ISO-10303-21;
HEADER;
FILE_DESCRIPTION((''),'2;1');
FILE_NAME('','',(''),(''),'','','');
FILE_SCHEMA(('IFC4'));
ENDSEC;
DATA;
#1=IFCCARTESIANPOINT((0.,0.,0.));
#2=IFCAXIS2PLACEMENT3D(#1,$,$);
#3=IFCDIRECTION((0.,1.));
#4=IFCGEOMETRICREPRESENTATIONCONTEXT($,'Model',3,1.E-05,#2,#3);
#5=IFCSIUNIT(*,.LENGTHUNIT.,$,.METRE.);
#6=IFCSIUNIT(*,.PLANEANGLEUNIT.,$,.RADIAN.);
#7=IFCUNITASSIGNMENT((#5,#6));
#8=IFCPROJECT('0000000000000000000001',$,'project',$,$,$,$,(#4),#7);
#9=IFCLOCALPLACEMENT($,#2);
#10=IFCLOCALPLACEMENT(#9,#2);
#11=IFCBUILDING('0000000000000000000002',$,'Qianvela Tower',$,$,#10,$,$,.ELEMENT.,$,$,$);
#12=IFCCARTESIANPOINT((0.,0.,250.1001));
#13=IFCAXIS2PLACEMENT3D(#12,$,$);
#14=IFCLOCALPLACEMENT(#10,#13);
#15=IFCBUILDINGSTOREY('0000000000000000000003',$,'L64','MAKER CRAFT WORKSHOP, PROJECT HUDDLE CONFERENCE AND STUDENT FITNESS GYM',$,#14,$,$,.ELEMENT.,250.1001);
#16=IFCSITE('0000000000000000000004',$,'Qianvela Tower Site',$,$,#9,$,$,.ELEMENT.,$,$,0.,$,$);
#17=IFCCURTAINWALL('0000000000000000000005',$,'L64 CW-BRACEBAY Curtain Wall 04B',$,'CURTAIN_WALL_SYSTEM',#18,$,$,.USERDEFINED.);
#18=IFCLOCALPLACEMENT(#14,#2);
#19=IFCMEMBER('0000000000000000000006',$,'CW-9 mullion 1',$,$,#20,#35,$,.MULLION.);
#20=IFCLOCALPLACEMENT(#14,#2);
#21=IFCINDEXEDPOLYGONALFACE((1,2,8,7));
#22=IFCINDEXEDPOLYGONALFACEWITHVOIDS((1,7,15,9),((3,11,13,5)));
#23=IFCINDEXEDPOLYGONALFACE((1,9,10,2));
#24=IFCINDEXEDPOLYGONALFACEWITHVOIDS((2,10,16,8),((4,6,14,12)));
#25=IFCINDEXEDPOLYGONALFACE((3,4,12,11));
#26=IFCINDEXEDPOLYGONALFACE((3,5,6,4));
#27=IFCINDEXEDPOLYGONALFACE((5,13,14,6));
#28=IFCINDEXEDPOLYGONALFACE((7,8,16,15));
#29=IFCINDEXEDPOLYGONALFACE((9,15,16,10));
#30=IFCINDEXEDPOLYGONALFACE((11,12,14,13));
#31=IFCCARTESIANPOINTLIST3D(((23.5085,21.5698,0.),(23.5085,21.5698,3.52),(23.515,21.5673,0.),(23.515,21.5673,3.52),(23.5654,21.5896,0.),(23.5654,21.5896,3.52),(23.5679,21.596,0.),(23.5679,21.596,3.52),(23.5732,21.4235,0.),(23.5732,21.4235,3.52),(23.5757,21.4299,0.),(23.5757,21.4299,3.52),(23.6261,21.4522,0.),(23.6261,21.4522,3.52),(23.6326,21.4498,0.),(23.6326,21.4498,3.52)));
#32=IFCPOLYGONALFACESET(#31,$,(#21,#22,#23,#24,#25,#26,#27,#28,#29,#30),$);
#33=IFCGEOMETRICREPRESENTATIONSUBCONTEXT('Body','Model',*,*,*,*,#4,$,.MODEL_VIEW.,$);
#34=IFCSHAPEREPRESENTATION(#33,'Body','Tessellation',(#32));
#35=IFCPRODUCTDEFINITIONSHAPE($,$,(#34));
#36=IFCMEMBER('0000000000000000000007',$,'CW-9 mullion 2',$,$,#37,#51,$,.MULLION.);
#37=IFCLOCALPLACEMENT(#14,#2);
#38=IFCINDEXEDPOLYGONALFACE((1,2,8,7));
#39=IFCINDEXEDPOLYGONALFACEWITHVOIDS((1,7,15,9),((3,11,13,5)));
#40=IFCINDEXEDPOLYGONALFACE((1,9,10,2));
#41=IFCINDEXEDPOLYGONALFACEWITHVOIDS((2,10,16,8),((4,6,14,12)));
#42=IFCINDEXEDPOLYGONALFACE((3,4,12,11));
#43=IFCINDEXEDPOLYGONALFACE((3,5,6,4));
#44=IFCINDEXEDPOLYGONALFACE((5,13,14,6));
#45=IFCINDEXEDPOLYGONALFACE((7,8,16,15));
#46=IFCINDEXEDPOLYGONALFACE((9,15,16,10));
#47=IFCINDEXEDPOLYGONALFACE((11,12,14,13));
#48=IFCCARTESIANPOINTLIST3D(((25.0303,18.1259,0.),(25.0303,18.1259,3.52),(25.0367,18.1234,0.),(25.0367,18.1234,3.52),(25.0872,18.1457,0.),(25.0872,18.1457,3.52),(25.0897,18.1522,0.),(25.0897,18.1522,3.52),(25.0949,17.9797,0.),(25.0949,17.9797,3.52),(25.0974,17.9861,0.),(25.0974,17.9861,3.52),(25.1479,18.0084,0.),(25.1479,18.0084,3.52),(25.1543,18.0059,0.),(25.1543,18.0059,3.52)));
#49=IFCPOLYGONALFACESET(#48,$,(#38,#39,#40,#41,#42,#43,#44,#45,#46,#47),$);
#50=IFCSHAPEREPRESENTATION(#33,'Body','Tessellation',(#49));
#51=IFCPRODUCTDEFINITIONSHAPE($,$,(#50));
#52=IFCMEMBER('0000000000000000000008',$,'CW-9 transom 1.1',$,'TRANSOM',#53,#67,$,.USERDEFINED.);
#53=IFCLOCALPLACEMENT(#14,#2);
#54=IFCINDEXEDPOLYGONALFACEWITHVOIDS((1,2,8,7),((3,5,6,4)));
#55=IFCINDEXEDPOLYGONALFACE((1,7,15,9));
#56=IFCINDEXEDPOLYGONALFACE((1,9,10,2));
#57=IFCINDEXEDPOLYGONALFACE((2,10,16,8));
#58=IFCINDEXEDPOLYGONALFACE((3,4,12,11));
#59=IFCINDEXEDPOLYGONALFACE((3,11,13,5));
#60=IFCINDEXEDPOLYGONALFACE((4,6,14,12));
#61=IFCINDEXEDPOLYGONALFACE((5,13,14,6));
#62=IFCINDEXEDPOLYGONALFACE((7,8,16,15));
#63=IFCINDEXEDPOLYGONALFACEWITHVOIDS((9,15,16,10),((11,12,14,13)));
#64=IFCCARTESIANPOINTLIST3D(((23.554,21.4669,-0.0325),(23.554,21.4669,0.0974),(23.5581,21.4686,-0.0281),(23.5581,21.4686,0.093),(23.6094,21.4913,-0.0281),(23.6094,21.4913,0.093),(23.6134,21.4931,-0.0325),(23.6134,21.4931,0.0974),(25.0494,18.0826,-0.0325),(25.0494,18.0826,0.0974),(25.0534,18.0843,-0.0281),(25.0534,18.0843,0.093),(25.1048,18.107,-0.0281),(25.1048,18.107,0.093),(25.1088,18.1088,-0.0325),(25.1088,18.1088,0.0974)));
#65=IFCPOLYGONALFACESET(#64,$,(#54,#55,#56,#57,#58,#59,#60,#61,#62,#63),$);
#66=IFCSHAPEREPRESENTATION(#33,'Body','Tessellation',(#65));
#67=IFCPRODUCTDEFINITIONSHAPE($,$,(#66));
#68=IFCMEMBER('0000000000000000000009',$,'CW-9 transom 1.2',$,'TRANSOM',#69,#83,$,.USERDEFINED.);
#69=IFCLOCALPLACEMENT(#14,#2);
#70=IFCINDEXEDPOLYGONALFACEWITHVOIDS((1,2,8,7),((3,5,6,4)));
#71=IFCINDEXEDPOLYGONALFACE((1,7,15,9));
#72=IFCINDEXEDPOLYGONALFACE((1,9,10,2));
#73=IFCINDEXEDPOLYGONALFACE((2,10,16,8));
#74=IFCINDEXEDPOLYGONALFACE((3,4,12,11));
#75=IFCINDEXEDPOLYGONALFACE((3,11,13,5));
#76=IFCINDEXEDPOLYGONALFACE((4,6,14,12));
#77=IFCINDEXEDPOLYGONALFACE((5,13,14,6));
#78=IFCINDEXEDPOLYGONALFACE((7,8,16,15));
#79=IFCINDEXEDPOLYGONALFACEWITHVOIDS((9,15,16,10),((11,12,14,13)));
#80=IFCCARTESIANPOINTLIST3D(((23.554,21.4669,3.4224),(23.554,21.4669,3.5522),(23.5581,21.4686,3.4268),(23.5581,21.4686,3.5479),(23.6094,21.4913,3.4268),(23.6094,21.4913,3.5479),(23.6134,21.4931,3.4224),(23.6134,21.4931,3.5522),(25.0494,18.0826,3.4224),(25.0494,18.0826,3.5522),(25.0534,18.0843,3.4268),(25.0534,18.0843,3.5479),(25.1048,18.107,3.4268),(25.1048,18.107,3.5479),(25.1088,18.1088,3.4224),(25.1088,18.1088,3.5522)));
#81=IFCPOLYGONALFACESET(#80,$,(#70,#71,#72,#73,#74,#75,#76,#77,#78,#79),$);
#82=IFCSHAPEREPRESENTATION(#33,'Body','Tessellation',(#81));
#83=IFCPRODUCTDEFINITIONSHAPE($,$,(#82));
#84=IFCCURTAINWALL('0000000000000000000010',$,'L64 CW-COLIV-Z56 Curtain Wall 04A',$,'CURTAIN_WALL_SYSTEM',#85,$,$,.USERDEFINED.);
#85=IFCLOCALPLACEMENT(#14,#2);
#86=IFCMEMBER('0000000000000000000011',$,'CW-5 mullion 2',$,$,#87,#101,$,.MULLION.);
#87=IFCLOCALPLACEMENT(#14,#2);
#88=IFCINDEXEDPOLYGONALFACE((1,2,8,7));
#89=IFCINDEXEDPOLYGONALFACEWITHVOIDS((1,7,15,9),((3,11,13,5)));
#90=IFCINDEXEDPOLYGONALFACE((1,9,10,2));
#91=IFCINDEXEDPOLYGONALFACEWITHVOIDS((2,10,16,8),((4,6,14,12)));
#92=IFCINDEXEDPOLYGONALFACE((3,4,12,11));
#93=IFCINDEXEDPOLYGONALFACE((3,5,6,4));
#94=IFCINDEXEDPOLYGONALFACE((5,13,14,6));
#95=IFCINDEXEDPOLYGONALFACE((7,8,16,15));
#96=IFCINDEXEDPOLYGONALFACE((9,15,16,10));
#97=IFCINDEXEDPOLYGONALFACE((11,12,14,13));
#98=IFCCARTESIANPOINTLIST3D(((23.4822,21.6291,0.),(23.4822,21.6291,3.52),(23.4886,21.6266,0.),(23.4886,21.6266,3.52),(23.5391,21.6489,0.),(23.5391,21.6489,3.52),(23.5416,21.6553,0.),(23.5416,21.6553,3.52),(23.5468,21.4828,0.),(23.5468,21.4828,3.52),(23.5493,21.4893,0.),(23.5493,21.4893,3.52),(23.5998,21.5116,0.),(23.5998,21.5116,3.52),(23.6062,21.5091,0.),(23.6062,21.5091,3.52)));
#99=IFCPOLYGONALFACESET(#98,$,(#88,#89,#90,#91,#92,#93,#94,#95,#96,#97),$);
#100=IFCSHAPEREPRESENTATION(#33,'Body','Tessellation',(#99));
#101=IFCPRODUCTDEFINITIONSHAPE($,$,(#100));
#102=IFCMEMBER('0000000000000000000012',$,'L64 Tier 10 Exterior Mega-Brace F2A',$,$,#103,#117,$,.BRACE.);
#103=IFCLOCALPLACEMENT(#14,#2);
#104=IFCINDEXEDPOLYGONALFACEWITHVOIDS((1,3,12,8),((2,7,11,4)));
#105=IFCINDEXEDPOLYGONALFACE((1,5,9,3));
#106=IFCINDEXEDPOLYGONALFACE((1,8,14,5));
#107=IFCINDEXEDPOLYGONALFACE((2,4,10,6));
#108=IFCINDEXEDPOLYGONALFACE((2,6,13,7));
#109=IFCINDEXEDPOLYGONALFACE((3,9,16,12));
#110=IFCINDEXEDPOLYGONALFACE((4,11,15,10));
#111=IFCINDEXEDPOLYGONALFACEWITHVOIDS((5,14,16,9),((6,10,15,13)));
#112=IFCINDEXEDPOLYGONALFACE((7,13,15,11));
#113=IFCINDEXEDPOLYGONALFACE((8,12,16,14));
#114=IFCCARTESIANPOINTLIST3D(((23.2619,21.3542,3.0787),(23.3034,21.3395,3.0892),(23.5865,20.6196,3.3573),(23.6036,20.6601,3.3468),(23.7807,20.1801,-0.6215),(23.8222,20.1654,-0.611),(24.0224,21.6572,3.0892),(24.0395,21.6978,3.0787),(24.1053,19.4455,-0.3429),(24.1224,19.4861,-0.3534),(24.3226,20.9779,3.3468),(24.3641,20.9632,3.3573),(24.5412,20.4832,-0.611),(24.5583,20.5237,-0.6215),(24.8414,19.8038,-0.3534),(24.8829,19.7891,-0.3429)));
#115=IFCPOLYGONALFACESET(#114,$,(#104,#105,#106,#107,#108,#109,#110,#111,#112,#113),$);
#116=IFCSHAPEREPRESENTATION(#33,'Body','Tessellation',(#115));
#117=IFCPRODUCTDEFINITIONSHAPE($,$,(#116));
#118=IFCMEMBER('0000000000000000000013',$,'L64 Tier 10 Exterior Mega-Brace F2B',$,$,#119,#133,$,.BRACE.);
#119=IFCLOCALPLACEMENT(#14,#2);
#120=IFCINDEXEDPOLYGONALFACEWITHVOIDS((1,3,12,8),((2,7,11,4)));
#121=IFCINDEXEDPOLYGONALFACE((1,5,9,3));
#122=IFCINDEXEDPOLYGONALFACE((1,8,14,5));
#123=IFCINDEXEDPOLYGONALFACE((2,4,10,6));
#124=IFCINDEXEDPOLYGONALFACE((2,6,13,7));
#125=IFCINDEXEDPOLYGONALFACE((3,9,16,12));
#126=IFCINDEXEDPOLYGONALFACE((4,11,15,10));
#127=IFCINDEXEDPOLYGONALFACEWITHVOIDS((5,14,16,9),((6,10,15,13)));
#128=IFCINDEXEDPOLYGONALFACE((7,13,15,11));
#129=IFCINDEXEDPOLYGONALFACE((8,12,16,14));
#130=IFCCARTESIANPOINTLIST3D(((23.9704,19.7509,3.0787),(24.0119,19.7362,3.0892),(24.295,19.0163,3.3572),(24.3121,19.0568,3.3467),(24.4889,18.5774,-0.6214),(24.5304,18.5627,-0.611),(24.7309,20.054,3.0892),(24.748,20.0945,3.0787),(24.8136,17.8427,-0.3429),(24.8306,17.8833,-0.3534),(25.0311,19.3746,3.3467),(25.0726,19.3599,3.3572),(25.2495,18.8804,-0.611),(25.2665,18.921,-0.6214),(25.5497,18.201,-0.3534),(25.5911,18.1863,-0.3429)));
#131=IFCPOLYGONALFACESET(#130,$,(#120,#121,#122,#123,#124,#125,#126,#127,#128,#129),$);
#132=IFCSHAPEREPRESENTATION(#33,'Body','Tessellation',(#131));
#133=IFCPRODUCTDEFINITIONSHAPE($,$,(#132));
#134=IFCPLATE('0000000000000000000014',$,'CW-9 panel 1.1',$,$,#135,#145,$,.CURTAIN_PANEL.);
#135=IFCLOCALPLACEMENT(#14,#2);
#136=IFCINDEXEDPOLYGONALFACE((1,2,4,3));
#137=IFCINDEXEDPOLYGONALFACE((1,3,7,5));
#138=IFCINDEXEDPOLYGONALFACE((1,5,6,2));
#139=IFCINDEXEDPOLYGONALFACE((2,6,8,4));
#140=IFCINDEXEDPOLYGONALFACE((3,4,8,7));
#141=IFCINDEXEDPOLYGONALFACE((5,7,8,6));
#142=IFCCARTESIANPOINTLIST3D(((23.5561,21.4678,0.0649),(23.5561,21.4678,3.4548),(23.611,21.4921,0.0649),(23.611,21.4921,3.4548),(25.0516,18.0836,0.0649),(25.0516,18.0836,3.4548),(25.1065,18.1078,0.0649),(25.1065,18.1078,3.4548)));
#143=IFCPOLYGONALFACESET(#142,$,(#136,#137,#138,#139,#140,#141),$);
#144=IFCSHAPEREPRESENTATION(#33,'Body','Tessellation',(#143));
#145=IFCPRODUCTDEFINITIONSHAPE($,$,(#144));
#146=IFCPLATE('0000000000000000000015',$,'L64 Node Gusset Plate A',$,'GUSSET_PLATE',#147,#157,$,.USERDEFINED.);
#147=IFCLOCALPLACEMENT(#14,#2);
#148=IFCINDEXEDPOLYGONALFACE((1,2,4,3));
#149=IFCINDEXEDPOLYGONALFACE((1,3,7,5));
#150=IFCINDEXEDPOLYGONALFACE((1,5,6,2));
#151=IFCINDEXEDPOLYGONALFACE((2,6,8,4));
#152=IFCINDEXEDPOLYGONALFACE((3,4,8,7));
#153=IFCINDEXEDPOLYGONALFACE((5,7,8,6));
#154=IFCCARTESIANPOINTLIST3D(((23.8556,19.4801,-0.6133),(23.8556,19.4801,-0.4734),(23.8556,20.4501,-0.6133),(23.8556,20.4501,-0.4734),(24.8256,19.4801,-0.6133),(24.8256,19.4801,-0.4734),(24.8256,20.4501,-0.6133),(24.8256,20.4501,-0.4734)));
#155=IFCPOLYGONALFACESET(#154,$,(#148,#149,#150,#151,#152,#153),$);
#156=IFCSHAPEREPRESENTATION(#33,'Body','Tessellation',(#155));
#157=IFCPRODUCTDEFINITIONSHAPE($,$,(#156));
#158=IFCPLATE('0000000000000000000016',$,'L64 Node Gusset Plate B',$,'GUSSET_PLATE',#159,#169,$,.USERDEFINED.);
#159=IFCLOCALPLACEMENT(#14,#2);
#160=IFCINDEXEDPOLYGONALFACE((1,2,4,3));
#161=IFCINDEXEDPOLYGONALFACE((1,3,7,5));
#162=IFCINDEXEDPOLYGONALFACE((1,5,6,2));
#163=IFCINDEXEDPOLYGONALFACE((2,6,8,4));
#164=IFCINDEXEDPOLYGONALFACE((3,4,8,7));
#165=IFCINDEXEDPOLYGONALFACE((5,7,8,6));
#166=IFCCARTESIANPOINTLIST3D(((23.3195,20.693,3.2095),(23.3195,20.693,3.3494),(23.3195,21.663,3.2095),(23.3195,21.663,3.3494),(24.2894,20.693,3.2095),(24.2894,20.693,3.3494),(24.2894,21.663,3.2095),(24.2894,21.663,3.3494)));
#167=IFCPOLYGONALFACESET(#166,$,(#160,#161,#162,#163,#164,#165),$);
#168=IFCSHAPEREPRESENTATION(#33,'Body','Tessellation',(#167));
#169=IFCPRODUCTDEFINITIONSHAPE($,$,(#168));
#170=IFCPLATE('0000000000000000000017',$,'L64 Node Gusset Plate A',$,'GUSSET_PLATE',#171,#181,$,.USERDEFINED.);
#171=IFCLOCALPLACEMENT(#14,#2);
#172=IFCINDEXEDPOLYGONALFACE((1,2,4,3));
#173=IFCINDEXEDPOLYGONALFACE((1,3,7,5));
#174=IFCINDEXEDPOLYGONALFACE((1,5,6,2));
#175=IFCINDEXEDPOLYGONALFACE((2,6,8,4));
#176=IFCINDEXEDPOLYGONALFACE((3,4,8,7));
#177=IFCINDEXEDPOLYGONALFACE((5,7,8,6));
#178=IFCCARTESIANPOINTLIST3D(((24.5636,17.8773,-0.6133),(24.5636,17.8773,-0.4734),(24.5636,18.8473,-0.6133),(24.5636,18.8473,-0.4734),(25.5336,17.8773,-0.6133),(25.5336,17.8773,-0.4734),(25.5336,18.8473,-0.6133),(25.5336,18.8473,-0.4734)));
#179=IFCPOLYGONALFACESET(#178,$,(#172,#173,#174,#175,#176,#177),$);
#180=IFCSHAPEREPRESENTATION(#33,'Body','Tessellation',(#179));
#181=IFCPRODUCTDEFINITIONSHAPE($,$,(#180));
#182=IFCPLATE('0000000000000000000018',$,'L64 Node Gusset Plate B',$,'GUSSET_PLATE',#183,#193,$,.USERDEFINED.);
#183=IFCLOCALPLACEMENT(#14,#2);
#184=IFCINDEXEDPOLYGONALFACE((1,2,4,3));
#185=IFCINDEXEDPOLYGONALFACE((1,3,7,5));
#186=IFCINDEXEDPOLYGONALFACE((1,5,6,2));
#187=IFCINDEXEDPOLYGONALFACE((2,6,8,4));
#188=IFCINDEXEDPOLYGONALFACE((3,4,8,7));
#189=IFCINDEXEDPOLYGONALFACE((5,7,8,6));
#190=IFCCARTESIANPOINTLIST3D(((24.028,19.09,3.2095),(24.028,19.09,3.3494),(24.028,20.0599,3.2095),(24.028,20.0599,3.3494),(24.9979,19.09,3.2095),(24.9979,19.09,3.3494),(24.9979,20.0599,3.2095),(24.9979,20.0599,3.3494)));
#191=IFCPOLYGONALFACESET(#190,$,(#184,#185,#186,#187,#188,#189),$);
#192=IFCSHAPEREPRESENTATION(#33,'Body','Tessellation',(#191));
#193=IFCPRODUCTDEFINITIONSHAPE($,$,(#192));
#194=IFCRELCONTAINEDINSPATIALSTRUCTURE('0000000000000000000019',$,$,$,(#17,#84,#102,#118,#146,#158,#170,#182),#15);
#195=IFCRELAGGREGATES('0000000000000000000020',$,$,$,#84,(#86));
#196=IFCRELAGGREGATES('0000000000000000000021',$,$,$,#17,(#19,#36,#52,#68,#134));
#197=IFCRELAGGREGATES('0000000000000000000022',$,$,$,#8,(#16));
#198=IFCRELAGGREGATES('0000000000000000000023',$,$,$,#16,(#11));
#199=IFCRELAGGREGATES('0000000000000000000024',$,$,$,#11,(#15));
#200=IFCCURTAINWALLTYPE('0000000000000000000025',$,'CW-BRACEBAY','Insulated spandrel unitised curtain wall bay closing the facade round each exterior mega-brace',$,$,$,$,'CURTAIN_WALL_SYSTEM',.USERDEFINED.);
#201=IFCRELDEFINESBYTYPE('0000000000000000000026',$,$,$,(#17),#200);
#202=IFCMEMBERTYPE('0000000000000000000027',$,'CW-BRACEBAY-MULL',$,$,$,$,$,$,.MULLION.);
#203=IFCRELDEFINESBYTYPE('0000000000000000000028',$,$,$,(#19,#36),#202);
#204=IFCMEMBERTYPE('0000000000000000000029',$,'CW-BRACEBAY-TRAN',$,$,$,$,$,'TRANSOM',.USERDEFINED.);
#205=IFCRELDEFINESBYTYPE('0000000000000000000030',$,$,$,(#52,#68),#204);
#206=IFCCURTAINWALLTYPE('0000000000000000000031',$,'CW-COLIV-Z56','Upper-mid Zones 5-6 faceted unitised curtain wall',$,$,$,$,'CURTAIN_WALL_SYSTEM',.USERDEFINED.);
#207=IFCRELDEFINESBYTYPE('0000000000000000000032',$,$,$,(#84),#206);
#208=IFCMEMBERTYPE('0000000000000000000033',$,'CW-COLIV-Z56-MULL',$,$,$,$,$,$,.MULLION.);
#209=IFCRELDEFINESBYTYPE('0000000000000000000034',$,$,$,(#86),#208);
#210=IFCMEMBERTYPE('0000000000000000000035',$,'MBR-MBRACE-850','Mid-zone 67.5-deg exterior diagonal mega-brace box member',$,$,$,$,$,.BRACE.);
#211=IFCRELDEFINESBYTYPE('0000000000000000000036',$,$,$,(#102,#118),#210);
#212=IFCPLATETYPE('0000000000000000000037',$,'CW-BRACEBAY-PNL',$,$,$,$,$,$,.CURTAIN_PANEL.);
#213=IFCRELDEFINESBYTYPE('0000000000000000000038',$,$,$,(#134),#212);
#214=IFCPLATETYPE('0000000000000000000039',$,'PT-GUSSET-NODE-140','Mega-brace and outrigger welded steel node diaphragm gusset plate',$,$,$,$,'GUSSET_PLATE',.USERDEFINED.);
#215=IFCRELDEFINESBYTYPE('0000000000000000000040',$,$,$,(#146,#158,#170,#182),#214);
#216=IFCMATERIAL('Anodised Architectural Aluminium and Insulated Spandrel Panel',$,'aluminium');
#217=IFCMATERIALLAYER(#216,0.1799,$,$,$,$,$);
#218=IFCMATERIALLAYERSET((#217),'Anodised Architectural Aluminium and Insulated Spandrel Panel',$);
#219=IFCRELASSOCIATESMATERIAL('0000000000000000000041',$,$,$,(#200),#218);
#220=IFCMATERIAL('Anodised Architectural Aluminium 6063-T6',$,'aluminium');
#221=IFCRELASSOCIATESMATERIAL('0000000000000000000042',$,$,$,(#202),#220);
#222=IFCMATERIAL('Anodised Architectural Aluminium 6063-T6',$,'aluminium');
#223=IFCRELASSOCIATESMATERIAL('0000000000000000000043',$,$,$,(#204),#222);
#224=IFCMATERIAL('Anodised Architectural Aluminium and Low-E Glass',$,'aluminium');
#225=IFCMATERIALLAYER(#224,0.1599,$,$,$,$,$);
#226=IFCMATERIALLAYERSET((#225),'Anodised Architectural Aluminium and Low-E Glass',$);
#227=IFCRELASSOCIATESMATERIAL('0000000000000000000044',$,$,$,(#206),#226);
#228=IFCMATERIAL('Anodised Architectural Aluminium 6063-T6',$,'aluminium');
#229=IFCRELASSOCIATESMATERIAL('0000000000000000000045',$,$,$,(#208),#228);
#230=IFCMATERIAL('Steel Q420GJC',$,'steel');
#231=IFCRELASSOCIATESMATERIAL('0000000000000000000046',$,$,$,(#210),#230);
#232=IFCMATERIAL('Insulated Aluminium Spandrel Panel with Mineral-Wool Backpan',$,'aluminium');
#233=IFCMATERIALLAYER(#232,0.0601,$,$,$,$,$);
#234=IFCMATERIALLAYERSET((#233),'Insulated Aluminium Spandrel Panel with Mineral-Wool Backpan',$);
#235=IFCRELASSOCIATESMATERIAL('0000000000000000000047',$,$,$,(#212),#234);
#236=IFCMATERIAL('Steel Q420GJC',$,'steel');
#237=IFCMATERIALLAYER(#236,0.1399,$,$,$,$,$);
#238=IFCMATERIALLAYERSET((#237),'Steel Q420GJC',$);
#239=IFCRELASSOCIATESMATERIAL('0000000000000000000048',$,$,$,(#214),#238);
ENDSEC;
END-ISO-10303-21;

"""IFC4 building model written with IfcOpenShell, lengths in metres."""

from ifc_helpers import new_model, si_unit, direction, frame, origin, origin_2d, place, context, subcontext, project, spatial, rectangle, hollow_rectangle, extrude, material, layer, layer_set, material_profile, profile_set, type_object, element, aggregate, save


model = new_model("IFC4")

# Units and contexts
model_context = context("Model", 3, precision=1e-05, world=origin(), true_north=direction((0.0, 1.0)))
body_context = subcontext(model_context, "Body", "Model", "MODEL_VIEW")
ifc_project = project(units=[si_unit("LENGTHUNIT", "METRE"), si_unit("PLANEANGLEUNIT", "RADIAN")], contexts=[model_context])

# Site, building, storey
site_placement = place(None, origin())
site = spatial("IfcSite", under=ifc_project, at=site_placement, Name="Qianvela Tower Site", CompositionType="ELEMENT", RefElevation=0.0)
building_placement = place(site_placement, origin())
building = spatial("IfcBuilding", under=site, at=building_placement, Name="Qianvela Tower", CompositionType="ELEMENT")
storey_placement = place(building_placement, frame((0.0, 0.0, 250.1001)))
storey = spatial("IfcBuildingStorey", under=building, at=storey_placement, Name="L64", Description="MAKER CRAFT WORKSHOP, PROJECT HUDDLE CONFERENCE AND STUDENT FITNESS GYM", CompositionType="ELEMENT", Elevation=250.1001)

# Curtain wall, members
ifc_material_1 = material(Name="Anodised Architectural Aluminium and Insulated Spandrel Panel", Category="aluminium")
ifc_layer_1 = layer(ifc_material_1, 0.1799)
ifc_layer_set_1 = layer_set([ifc_layer_1], Name="Anodised Architectural Aluminium and Insulated Spandrel Panel")
curtain_wall_type_1 = type_object("IfcCurtainWallType", Name="CW-BRACEBAY", Description="Insulated spandrel unitised curtain wall bay closing the facade round each exterior mega-brace", ElementType="CURTAIN_WALL_SYSTEM", PredefinedType="USERDEFINED", material=ifc_layer_set_1)
curtain_wall_1_placement = place(storey_placement, origin())
curtain_wall_1 = element("IfcCurtainWall", 1, at=curtain_wall_1_placement, inside=storey, type_object=curtain_wall_type_1, Name="L64 CW-BRACEBAY Curtain Wall 04B", ObjectType="CURTAIN_WALL_SYSTEM", PredefinedType="USERDEFINED")
ifc_material_2 = material(Name="Anodised Architectural Aluminium 6063-T6", Category="aluminium")
ifc_material_profile_1 = material_profile(ifc_material_2, hollow_rectangle(XDim=0.0649, YDim=0.1599, WallThickness=0.0049, at=origin_2d()), Name="ALU-MULL-65x160")
ifc_profile_set_1 = profile_set([ifc_material_profile_1], Name="Anodised Architectural Aluminium 6063-T6")
member_type_1 = type_object("IfcMemberType", Name="CW-BRACEBAY-MULL", PredefinedType="MULLION", material=ifc_profile_set_1)
member_1_placement = place(storey_placement, frame((23.5706, 21.5098, 0.0), z_axis=(0.0, 0.0, 1.0), x_axis=(0.914679, 0.40418, 0.0)))
member_1 = element("IfcMember", 2, at=member_1_placement, type_object=member_type_1, Name="CW-9 mullion 1", PredefinedType="MULLION", context=body_context, shape_type="SweptSolid", body=[
    extrude(hollow_rectangle(XDim=0.0649, YDim=0.1599, WallThickness=0.0049, at=origin_2d()), origin(), (0.0, 0.0, 1.0), 3.52),
])
member_2_placement = place(storey_placement, frame((25.0923, 18.0659, 0.0), z_axis=(0.0, 0.0, 1.0), x_axis=(0.914679, 0.40418, 0.0)))
member_2 = element("IfcMember", 3, at=member_2_placement, type_object=member_type_1, Name="CW-9 mullion 2", PredefinedType="MULLION", context=body_context, shape_type="SweptSolid", body=[
    extrude(hollow_rectangle(XDim=0.0649, YDim=0.1599, WallThickness=0.0049, at=origin_2d()), origin(), (0.0, 0.0, 1.0), 3.52),
])
ifc_material_3 = material(Name="Anodised Architectural Aluminium 6063-T6", Category="aluminium")
ifc_material_profile_2 = material_profile(ifc_material_3, hollow_rectangle(XDim=0.0649, YDim=0.1299, WallThickness=0.0044, at=origin_2d()), Name="ALU-TRAN-65x130")
ifc_profile_set_2 = profile_set([ifc_material_profile_2], Name="Anodised Architectural Aluminium 6063-T6")
member_type_2 = type_object("IfcMemberType", Name="CW-BRACEBAY-TRAN", ElementType="TRANSOM", PredefinedType="USERDEFINED", material=ifc_profile_set_2)
member_3_placement = place(storey_placement, frame((23.5837, 21.48, 0.0325), z_axis=(0.40416, -0.914688, 0.0), x_axis=(0.914688, 0.40416, 0.0)))
member_3 = element("IfcMember", 4, at=member_3_placement, type_object=member_type_2, Name="CW-9 transom 1.1", ObjectType="TRANSOM", PredefinedType="USERDEFINED", context=body_context, shape_type="SweptSolid", body=[
    extrude(hollow_rectangle(XDim=0.0649, YDim=0.1299, WallThickness=0.0044, at=origin_2d()), origin(), (0.0, 0.0, 1.0), 3.7),
])
member_4_placement = place(storey_placement, frame((23.5837, 21.48, 3.4873), z_axis=(0.40416, -0.914688, 0.0), x_axis=(0.914688, 0.40416, 0.0)))
member_4 = element("IfcMember", 5, at=member_4_placement, type_object=member_type_2, Name="CW-9 transom 1.2", ObjectType="TRANSOM", PredefinedType="USERDEFINED", context=body_context, shape_type="SweptSolid", body=[
    extrude(hollow_rectangle(XDim=0.0649, YDim=0.1299, WallThickness=0.0044, at=origin_2d()), origin(), (0.0, 0.0, 1.0), 3.7),
])

# Curtain wall, member
ifc_material_4 = material(Name="Anodised Architectural Aluminium and Low-E Glass", Category="aluminium")
ifc_layer_2 = layer(ifc_material_4, 0.1599)
ifc_layer_set_2 = layer_set([ifc_layer_2], Name="Anodised Architectural Aluminium and Low-E Glass")
curtain_wall_type_2 = type_object("IfcCurtainWallType", Name="CW-COLIV-Z56", Description="Upper-mid Zones 5-6 faceted unitised curtain wall", ElementType="CURTAIN_WALL_SYSTEM", PredefinedType="USERDEFINED", material=ifc_layer_set_2)
curtain_wall_2_placement = place(storey_placement, origin())
curtain_wall_2 = element("IfcCurtainWall", 6, at=curtain_wall_2_placement, inside=storey, type_object=curtain_wall_type_2, Name="L64 CW-COLIV-Z56 Curtain Wall 04A", ObjectType="CURTAIN_WALL_SYSTEM", PredefinedType="USERDEFINED")
ifc_material_5 = material(Name="Anodised Architectural Aluminium 6063-T6", Category="aluminium")
ifc_material_profile_3 = material_profile(ifc_material_5, hollow_rectangle(XDim=0.0649, YDim=0.1599, WallThickness=0.0049, at=origin_2d()), Name="ALU-MULL-65x160")
ifc_profile_set_3 = profile_set([ifc_material_profile_3], Name="Anodised Architectural Aluminium 6063-T6")
member_type_3 = type_object("IfcMemberType", Name="CW-COLIV-Z56-MULL", PredefinedType="MULLION", material=ifc_profile_set_3)
member_5_placement = place(storey_placement, frame((23.5442, 21.5691, 0.0), z_axis=(0.0, 0.0, 1.0), x_axis=(0.914678, 0.404183, 0.0)))
member_5 = element("IfcMember", 7, at=member_5_placement, type_object=member_type_3, Name="CW-5 mullion 2", PredefinedType="MULLION", context=body_context, shape_type="SweptSolid", body=[
    extrude(hollow_rectangle(XDim=0.0649, YDim=0.1599, WallThickness=0.0049, at=origin_2d()), origin(), (0.0, 0.0, 1.0), 3.52),
])
aggregate(curtain_wall_2, [member_5])

# Members
ifc_material_6 = material(Name="Steel Q420GJC", Category="steel")
ifc_material_profile_4 = material_profile(ifc_material_6, hollow_rectangle(XDim=0.8501, YDim=0.8501, WallThickness=0.032, at=origin_2d()), Name="MBOX-850x850x32")
ifc_profile_set_4 = profile_set([ifc_material_profile_4], Name="Steel Q420GJC")
member_type_4 = type_object("IfcMemberType", Name="MBR-MBRACE-850", Description="Mid-zone 67.5-deg exterior diagonal mega-brace box member", PredefinedType="BRACE", material=ifc_profile_set_4)
member_6_placement = place(storey_placement, frame((24.3318, 19.9846, -0.4822), z_axis=(-0.132465, 0.299775, 0.944769), x_axis=(-0.91468, -0.404179, 0.0)))
element("IfcMember", 8, at=member_6_placement, inside=storey, type_object=member_type_4, Name="L64 Tier 10 Exterior Mega-Brace F2A", PredefinedType="BRACE", context=body_context, shape_type="SweptSolid", body=[
    extrude(hollow_rectangle(XDim=0.8501, YDim=0.8501, WallThickness=0.032, at=origin_2d()), origin(), (0.0, 0.0, 1.0), 3.9165),
])
member_7_placement = place(storey_placement, frame((25.04, 18.3818, -0.4822), z_axis=(-0.132408, 0.299664, 0.944812), x_axis=(-0.914688, -0.40416, 0.0)))
element("IfcMember", 9, at=member_7_placement, inside=storey, type_object=member_type_4, Name="L64 Tier 10 Exterior Mega-Brace F2B", PredefinedType="BRACE", context=body_context, shape_type="SweptSolid", body=[
    extrude(hollow_rectangle(XDim=0.8501, YDim=0.8501, WallThickness=0.032, at=origin_2d()), origin(), (0.0, 0.0, 1.0), 3.9163),
])

# Plate
ifc_material_7 = material(Name="Insulated Aluminium Spandrel Panel with Mineral-Wool Backpan", Category="aluminium")
ifc_layer_3 = layer(ifc_material_7, 0.0601)
ifc_layer_set_3 = layer_set([ifc_layer_3], Name="Insulated Aluminium Spandrel Panel with Mineral-Wool Backpan")
plate_type_1 = type_object("IfcPlateType", Name="CW-BRACEBAY-PNL", PredefinedType="CURTAIN_PANEL", material=ifc_layer_set_3)
plate_placement = place(storey_placement, frame((24.3313, 19.7878, 0.0649), z_axis=(0.0, 0.0, 1.0), x_axis=(0.40418, -0.914679, 0.0)))
plate = element("IfcPlate", 10, at=plate_placement, type_object=plate_type_1, Name="CW-9 panel 1.1", PredefinedType="CURTAIN_PANEL", context=body_context, shape_type="SweptSolid", body=[
    extrude(rectangle(XDim=3.7, YDim=0.0601, at=origin_2d()), origin(), (0.0, 0.0, 1.0), 3.3899),
])
aggregate(curtain_wall_1, [member_1, member_2, member_3, member_4, plate])

# Plates
ifc_material_8 = material(Name="Steel Q420GJC", Category="steel")
ifc_layer_4 = layer(ifc_material_8, 0.1399)
ifc_layer_set_4 = layer_set([ifc_layer_4], Name="Steel Q420GJC")
plate_type_2 = type_object("IfcPlateType", Name="PT-GUSSET-NODE-140", Description="Mega-brace and outrigger welded steel node diaphragm gusset plate", ElementType="GUSSET_PLATE", PredefinedType="USERDEFINED", material=ifc_layer_set_4)
for number, where, z_axis, x_axis, name in (
    (11, (24.3406, 19.9651, -0.6133), (0.0, 0.0, 1.0), (1.0, 0.0, 0.0), "L64 Node Gusset Plate A"),
    (12, (23.8044, 21.178, 3.2095), (0.0, 0.0, 1.0), (1.0, 0.0, 0.0), "L64 Node Gusset Plate B"),
    (13, (25.0486, 18.3623, -0.6133), (0.0, 0.0, 1.0), (1.0, 0.0, 0.0), "L64 Node Gusset Plate A"),
    (14, (24.5129, 19.575, 3.2095), (0.0, 0.0, 1.0), (1.0, 0.0, 0.0), "L64 Node Gusset Plate B"),
):
    element("IfcPlate", number, at=place(storey_placement, frame(where, z_axis=z_axis, x_axis=x_axis)), inside=storey, type_object=plate_type_2, Name=name, ObjectType="GUSSET_PLATE", PredefinedType="USERDEFINED", context=body_context, shape_type="SweptSolid", body=[
        extrude(rectangle(XDim=0.97, YDim=0.97, at=origin_2d()), origin(), (0.0, 0.0, 1.0), 0.1399),
    ])

save(model, "model.ifc")
